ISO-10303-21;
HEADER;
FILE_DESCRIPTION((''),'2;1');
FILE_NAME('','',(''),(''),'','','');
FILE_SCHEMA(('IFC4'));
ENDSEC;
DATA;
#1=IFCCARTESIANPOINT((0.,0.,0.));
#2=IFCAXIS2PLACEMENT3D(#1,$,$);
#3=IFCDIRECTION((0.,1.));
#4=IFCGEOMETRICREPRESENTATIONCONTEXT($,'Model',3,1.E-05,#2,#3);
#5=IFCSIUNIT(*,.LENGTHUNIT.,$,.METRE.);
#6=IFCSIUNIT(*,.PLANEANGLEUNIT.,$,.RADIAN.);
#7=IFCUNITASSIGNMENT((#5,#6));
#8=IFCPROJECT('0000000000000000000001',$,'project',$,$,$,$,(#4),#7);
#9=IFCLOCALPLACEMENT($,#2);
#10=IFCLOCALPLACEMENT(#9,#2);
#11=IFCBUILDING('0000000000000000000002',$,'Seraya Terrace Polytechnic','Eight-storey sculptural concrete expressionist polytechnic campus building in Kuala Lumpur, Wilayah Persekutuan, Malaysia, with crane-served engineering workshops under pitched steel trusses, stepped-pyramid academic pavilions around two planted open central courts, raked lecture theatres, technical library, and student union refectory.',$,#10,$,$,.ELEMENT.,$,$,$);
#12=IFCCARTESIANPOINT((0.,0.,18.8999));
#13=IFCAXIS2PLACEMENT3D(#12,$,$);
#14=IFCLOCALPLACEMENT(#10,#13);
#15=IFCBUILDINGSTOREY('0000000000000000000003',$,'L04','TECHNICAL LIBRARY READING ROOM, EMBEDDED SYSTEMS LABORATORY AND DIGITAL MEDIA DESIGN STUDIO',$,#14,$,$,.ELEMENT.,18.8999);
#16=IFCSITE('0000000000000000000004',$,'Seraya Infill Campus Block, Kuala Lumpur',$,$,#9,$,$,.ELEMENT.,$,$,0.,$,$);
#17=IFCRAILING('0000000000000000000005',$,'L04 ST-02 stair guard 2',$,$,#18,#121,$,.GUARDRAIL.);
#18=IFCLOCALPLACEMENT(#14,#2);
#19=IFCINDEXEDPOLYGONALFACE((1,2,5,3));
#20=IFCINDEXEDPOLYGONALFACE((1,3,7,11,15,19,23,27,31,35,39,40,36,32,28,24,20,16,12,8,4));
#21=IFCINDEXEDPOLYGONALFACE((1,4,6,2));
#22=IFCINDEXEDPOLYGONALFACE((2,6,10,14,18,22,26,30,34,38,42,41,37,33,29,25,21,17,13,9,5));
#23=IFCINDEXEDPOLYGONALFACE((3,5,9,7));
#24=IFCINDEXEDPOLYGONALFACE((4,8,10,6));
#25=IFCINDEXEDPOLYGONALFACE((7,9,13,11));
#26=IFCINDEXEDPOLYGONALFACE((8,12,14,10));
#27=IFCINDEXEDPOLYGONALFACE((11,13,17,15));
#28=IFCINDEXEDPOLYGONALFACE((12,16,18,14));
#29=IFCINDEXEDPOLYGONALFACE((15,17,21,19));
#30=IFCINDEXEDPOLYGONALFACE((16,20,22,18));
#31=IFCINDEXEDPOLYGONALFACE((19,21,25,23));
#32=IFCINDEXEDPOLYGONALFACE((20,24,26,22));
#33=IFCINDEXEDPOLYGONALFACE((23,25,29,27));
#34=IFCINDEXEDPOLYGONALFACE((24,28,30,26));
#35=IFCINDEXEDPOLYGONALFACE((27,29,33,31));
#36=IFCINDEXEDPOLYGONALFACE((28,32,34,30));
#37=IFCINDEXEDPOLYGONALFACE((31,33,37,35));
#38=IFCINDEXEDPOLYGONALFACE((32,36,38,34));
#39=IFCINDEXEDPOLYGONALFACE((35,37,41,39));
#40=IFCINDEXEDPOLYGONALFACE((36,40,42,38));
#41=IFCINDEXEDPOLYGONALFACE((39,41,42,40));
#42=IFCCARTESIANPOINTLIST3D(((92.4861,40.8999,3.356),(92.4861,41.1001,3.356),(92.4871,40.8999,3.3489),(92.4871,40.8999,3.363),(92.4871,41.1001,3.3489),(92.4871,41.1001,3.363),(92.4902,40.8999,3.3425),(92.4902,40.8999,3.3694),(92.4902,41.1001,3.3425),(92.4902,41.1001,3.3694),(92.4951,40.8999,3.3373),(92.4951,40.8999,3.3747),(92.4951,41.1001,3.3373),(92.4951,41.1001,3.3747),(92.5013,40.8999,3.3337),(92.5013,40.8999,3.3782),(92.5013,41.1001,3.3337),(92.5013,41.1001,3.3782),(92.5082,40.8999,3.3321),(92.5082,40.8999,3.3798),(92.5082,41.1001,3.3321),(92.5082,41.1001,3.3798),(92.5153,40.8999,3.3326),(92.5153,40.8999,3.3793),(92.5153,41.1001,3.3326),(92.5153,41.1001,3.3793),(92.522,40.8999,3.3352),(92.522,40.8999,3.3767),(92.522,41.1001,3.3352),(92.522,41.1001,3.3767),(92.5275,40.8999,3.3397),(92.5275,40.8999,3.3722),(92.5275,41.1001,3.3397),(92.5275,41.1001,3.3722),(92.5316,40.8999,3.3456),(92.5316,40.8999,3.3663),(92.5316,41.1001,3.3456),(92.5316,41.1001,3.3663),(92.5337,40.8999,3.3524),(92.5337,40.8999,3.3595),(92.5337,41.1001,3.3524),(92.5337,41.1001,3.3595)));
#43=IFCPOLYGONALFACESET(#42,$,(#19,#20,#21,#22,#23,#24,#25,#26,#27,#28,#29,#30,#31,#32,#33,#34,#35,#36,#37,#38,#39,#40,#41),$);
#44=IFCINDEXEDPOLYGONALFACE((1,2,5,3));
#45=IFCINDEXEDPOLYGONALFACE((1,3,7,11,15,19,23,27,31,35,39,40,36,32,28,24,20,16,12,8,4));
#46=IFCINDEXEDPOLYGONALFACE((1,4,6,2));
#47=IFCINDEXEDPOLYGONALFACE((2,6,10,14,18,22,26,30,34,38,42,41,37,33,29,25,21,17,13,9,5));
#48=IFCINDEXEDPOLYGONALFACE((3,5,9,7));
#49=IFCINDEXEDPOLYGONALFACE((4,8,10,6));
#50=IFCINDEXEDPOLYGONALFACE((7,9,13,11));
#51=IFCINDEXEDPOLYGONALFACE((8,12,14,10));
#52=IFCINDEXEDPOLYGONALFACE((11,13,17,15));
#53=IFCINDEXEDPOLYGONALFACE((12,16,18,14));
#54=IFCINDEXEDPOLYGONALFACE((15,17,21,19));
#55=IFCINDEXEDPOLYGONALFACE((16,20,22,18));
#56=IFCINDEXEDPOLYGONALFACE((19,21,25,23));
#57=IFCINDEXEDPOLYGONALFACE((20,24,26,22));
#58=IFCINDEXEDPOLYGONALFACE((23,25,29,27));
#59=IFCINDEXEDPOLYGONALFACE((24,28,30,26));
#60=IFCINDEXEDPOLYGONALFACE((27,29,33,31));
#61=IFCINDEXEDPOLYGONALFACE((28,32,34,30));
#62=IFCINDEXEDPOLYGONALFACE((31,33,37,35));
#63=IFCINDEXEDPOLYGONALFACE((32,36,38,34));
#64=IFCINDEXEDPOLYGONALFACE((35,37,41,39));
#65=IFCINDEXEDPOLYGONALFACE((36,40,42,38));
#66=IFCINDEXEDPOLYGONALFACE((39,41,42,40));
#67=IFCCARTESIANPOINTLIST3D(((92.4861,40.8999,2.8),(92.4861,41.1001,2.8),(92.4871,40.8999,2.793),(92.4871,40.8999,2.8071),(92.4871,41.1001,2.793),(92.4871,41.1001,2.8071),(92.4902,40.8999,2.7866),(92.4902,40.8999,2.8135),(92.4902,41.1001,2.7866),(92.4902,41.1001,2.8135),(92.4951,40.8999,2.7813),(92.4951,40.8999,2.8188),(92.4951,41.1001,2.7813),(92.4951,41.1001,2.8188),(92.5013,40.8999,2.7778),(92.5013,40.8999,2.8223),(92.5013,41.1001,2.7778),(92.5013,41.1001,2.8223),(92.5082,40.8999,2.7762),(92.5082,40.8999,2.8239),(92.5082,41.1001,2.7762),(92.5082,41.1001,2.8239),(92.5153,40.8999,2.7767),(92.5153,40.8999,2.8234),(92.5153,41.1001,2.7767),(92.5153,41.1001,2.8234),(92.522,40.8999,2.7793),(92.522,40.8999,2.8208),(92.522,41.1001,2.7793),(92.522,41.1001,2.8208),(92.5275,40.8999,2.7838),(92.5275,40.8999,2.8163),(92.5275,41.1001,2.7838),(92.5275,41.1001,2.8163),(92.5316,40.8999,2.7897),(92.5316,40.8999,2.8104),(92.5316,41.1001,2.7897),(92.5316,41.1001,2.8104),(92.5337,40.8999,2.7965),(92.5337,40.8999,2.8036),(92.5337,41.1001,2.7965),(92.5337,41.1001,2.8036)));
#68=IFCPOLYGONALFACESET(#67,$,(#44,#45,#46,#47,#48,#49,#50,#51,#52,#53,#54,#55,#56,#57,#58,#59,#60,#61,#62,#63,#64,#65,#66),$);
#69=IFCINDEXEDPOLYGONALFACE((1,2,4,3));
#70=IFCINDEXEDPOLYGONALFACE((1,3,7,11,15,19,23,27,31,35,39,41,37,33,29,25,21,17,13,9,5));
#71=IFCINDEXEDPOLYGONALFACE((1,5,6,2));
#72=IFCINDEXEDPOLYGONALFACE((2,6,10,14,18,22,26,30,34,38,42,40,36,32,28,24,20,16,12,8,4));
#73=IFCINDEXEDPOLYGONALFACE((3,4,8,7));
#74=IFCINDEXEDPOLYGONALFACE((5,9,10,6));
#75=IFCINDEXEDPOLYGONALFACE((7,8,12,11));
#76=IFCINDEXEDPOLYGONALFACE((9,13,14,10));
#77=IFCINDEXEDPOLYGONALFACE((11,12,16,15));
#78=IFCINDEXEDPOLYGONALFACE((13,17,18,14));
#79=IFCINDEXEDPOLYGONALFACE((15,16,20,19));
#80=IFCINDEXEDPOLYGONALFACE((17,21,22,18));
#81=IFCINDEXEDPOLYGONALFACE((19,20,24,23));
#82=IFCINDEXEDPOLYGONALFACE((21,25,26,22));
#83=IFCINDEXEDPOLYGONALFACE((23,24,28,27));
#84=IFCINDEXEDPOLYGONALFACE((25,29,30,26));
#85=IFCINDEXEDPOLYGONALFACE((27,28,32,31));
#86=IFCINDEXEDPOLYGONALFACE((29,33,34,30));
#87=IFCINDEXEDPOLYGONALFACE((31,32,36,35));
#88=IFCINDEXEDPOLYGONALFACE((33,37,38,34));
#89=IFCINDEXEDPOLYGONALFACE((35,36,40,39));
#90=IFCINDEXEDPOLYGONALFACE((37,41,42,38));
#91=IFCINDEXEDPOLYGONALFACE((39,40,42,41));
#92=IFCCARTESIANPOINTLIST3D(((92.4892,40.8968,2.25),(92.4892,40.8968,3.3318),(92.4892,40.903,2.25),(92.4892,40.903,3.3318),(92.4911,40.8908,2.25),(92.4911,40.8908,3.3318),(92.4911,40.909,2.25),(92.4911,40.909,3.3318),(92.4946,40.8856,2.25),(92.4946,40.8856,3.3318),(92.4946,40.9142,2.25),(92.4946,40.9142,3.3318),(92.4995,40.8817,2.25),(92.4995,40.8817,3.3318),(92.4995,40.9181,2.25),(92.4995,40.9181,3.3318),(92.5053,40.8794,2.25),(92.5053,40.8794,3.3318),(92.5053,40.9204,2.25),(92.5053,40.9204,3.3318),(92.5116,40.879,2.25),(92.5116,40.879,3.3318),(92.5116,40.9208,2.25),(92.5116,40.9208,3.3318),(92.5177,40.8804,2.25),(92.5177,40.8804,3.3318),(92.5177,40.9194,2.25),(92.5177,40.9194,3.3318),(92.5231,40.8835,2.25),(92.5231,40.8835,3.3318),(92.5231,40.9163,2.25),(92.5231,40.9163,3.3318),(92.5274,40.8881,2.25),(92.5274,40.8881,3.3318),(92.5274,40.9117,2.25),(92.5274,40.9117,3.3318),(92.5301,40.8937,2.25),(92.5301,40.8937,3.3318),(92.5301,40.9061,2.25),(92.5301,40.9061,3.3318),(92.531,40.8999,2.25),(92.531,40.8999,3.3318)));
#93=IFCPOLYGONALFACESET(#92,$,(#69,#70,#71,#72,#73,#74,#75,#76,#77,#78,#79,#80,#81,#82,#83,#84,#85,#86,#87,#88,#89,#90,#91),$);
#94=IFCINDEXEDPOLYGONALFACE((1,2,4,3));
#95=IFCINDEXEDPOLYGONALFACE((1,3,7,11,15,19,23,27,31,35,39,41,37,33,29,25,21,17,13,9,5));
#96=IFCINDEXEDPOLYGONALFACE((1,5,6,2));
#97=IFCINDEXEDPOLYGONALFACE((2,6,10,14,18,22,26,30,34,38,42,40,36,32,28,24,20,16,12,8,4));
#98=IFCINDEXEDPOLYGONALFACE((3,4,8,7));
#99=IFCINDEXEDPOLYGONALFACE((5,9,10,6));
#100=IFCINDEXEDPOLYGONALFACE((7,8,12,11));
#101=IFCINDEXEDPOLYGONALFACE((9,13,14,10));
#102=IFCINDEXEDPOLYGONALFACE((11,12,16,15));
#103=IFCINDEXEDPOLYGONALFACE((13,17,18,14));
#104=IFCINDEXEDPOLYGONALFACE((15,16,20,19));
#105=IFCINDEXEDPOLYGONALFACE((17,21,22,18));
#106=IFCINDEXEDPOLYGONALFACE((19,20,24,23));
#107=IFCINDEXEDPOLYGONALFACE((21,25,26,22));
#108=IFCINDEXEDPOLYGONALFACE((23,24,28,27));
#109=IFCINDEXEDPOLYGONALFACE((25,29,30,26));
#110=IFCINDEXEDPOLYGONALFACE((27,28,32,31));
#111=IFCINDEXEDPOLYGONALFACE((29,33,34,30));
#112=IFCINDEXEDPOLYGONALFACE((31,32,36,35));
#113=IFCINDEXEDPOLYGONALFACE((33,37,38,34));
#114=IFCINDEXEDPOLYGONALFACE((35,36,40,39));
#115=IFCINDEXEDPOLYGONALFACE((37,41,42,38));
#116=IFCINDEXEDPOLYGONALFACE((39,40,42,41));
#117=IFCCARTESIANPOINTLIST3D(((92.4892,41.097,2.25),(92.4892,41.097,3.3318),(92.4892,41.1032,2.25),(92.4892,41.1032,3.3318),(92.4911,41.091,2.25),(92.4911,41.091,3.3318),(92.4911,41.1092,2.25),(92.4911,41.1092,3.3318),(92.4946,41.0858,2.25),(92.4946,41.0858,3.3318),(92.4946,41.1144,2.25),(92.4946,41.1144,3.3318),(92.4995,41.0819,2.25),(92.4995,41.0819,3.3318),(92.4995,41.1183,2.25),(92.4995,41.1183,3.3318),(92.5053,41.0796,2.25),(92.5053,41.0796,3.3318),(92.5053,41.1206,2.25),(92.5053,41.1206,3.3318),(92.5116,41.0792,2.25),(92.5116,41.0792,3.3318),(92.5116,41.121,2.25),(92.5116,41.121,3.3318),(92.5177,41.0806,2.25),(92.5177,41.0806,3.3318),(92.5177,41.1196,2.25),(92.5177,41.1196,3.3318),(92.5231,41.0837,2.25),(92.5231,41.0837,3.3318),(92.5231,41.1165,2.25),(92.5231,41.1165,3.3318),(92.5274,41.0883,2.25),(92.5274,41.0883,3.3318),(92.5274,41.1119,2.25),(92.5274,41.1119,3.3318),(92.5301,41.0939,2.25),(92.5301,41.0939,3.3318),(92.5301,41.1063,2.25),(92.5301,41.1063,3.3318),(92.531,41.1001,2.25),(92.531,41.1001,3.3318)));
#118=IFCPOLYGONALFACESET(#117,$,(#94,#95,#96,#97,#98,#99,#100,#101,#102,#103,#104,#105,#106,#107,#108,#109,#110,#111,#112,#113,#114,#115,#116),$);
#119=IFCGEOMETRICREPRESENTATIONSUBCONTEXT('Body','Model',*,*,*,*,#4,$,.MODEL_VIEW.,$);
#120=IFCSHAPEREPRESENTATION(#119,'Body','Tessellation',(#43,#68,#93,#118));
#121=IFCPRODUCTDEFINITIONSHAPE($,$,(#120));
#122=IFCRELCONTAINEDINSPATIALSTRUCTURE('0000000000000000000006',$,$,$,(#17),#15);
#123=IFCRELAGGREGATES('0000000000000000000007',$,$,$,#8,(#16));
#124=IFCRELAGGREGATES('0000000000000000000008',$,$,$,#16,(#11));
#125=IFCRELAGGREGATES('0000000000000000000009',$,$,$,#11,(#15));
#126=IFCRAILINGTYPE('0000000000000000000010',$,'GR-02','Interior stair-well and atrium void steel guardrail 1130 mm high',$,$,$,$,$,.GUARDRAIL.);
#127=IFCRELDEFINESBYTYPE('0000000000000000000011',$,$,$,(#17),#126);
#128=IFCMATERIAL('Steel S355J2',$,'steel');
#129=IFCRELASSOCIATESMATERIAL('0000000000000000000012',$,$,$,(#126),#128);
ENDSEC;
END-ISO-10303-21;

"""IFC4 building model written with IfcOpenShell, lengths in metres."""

from ifc_helpers import new_model, si_unit, direction, frame, origin, origin_2d, place, context, subcontext, project, spatial, circle, extrude, material, type_object, element, save


model = new_model("IFC4")

# Units and contexts
model_context = context("Model", 3, precision=1e-05, world=origin(), true_north=direction((0.0, 1.0)))
body_context = subcontext(model_context, "Body", "Model", "MODEL_VIEW")
ifc_project = project(units=[si_unit("LENGTHUNIT", "METRE"), si_unit("PLANEANGLEUNIT", "RADIAN")], contexts=[model_context])

# Site, building, storey
site_placement = place(None, origin())
site = spatial("IfcSite", under=ifc_project, at=site_placement, Name="Seraya Infill Campus Block, Kuala Lumpur", CompositionType="ELEMENT", RefElevation=0.0)
building_placement = place(site_placement, origin())
building = spatial("IfcBuilding", under=site, at=building_placement, Name="Seraya Terrace Polytechnic", Description="Eight-storey sculptural concrete expressionist polytechnic campus building in Kuala Lumpur, Wilayah Persekutuan, Malaysia, with crane-served engineering workshops under pitched steel trusses, stepped-pyramid academic pavilions around two planted open central courts, raked lecture theatres, technical library, and student union refectory.", CompositionType="ELEMENT")
storey_placement = place(building_placement, frame((0.0, 0.0, 18.8999)))
storey = spatial("IfcBuildingStorey", under=building, at=storey_placement, Name="L04", Description="TECHNICAL LIBRARY READING ROOM, EMBEDDED SYSTEMS LABORATORY AND DIGITAL MEDIA DESIGN STUDIO", CompositionType="ELEMENT", Elevation=18.8999)

# Railing
ifc_material_1 = material(Name="Steel S355J2", Category="steel")
railing_type_1 = type_object("IfcRailingType", Name="GR-02", Description="Interior stair-well and atrium void steel guardrail 1130 mm high", PredefinedType="GUARDRAIL", material=ifc_material_1)
railing_1_placement = place(storey_placement, frame((92.51, 40.8999, 2.25)))
element("IfcRailing", 1, at=railing_1_placement, inside=storey, type_object=railing_type_1, Name="L04 ST-02 stair guard 2", PredefinedType="GUARDRAIL", context=body_context, shape_type="SweptSolid", body=[
    extrude(circle(Radius=0.0239, at=origin_2d()), frame((0.0, 0.0, 1.106), z_axis=(0.0, 1.0, 0.0), x_axis=(-1.0, 0.0, 0.0)), (0.0, 0.0, 1.0), 0.2002),
    extrude(circle(Radius=0.0239, at=origin_2d()), frame((0.0, 0.0, 0.55), z_axis=(0.0, 1.0, 0.0), x_axis=(-1.0, 0.0, 0.0)), (0.0, 0.0, 1.0), 0.2002),
    extrude(circle(Radius=0.021, at=origin_2d()), origin(), (0.0, 0.0, 1.0), 1.0818),
    extrude(circle(Radius=0.021, at=origin_2d()), frame((0.0, 0.2002, 0.0)), (0.0, 0.0, 1.0), 1.0818),
])

save(model, "model.ifc")
